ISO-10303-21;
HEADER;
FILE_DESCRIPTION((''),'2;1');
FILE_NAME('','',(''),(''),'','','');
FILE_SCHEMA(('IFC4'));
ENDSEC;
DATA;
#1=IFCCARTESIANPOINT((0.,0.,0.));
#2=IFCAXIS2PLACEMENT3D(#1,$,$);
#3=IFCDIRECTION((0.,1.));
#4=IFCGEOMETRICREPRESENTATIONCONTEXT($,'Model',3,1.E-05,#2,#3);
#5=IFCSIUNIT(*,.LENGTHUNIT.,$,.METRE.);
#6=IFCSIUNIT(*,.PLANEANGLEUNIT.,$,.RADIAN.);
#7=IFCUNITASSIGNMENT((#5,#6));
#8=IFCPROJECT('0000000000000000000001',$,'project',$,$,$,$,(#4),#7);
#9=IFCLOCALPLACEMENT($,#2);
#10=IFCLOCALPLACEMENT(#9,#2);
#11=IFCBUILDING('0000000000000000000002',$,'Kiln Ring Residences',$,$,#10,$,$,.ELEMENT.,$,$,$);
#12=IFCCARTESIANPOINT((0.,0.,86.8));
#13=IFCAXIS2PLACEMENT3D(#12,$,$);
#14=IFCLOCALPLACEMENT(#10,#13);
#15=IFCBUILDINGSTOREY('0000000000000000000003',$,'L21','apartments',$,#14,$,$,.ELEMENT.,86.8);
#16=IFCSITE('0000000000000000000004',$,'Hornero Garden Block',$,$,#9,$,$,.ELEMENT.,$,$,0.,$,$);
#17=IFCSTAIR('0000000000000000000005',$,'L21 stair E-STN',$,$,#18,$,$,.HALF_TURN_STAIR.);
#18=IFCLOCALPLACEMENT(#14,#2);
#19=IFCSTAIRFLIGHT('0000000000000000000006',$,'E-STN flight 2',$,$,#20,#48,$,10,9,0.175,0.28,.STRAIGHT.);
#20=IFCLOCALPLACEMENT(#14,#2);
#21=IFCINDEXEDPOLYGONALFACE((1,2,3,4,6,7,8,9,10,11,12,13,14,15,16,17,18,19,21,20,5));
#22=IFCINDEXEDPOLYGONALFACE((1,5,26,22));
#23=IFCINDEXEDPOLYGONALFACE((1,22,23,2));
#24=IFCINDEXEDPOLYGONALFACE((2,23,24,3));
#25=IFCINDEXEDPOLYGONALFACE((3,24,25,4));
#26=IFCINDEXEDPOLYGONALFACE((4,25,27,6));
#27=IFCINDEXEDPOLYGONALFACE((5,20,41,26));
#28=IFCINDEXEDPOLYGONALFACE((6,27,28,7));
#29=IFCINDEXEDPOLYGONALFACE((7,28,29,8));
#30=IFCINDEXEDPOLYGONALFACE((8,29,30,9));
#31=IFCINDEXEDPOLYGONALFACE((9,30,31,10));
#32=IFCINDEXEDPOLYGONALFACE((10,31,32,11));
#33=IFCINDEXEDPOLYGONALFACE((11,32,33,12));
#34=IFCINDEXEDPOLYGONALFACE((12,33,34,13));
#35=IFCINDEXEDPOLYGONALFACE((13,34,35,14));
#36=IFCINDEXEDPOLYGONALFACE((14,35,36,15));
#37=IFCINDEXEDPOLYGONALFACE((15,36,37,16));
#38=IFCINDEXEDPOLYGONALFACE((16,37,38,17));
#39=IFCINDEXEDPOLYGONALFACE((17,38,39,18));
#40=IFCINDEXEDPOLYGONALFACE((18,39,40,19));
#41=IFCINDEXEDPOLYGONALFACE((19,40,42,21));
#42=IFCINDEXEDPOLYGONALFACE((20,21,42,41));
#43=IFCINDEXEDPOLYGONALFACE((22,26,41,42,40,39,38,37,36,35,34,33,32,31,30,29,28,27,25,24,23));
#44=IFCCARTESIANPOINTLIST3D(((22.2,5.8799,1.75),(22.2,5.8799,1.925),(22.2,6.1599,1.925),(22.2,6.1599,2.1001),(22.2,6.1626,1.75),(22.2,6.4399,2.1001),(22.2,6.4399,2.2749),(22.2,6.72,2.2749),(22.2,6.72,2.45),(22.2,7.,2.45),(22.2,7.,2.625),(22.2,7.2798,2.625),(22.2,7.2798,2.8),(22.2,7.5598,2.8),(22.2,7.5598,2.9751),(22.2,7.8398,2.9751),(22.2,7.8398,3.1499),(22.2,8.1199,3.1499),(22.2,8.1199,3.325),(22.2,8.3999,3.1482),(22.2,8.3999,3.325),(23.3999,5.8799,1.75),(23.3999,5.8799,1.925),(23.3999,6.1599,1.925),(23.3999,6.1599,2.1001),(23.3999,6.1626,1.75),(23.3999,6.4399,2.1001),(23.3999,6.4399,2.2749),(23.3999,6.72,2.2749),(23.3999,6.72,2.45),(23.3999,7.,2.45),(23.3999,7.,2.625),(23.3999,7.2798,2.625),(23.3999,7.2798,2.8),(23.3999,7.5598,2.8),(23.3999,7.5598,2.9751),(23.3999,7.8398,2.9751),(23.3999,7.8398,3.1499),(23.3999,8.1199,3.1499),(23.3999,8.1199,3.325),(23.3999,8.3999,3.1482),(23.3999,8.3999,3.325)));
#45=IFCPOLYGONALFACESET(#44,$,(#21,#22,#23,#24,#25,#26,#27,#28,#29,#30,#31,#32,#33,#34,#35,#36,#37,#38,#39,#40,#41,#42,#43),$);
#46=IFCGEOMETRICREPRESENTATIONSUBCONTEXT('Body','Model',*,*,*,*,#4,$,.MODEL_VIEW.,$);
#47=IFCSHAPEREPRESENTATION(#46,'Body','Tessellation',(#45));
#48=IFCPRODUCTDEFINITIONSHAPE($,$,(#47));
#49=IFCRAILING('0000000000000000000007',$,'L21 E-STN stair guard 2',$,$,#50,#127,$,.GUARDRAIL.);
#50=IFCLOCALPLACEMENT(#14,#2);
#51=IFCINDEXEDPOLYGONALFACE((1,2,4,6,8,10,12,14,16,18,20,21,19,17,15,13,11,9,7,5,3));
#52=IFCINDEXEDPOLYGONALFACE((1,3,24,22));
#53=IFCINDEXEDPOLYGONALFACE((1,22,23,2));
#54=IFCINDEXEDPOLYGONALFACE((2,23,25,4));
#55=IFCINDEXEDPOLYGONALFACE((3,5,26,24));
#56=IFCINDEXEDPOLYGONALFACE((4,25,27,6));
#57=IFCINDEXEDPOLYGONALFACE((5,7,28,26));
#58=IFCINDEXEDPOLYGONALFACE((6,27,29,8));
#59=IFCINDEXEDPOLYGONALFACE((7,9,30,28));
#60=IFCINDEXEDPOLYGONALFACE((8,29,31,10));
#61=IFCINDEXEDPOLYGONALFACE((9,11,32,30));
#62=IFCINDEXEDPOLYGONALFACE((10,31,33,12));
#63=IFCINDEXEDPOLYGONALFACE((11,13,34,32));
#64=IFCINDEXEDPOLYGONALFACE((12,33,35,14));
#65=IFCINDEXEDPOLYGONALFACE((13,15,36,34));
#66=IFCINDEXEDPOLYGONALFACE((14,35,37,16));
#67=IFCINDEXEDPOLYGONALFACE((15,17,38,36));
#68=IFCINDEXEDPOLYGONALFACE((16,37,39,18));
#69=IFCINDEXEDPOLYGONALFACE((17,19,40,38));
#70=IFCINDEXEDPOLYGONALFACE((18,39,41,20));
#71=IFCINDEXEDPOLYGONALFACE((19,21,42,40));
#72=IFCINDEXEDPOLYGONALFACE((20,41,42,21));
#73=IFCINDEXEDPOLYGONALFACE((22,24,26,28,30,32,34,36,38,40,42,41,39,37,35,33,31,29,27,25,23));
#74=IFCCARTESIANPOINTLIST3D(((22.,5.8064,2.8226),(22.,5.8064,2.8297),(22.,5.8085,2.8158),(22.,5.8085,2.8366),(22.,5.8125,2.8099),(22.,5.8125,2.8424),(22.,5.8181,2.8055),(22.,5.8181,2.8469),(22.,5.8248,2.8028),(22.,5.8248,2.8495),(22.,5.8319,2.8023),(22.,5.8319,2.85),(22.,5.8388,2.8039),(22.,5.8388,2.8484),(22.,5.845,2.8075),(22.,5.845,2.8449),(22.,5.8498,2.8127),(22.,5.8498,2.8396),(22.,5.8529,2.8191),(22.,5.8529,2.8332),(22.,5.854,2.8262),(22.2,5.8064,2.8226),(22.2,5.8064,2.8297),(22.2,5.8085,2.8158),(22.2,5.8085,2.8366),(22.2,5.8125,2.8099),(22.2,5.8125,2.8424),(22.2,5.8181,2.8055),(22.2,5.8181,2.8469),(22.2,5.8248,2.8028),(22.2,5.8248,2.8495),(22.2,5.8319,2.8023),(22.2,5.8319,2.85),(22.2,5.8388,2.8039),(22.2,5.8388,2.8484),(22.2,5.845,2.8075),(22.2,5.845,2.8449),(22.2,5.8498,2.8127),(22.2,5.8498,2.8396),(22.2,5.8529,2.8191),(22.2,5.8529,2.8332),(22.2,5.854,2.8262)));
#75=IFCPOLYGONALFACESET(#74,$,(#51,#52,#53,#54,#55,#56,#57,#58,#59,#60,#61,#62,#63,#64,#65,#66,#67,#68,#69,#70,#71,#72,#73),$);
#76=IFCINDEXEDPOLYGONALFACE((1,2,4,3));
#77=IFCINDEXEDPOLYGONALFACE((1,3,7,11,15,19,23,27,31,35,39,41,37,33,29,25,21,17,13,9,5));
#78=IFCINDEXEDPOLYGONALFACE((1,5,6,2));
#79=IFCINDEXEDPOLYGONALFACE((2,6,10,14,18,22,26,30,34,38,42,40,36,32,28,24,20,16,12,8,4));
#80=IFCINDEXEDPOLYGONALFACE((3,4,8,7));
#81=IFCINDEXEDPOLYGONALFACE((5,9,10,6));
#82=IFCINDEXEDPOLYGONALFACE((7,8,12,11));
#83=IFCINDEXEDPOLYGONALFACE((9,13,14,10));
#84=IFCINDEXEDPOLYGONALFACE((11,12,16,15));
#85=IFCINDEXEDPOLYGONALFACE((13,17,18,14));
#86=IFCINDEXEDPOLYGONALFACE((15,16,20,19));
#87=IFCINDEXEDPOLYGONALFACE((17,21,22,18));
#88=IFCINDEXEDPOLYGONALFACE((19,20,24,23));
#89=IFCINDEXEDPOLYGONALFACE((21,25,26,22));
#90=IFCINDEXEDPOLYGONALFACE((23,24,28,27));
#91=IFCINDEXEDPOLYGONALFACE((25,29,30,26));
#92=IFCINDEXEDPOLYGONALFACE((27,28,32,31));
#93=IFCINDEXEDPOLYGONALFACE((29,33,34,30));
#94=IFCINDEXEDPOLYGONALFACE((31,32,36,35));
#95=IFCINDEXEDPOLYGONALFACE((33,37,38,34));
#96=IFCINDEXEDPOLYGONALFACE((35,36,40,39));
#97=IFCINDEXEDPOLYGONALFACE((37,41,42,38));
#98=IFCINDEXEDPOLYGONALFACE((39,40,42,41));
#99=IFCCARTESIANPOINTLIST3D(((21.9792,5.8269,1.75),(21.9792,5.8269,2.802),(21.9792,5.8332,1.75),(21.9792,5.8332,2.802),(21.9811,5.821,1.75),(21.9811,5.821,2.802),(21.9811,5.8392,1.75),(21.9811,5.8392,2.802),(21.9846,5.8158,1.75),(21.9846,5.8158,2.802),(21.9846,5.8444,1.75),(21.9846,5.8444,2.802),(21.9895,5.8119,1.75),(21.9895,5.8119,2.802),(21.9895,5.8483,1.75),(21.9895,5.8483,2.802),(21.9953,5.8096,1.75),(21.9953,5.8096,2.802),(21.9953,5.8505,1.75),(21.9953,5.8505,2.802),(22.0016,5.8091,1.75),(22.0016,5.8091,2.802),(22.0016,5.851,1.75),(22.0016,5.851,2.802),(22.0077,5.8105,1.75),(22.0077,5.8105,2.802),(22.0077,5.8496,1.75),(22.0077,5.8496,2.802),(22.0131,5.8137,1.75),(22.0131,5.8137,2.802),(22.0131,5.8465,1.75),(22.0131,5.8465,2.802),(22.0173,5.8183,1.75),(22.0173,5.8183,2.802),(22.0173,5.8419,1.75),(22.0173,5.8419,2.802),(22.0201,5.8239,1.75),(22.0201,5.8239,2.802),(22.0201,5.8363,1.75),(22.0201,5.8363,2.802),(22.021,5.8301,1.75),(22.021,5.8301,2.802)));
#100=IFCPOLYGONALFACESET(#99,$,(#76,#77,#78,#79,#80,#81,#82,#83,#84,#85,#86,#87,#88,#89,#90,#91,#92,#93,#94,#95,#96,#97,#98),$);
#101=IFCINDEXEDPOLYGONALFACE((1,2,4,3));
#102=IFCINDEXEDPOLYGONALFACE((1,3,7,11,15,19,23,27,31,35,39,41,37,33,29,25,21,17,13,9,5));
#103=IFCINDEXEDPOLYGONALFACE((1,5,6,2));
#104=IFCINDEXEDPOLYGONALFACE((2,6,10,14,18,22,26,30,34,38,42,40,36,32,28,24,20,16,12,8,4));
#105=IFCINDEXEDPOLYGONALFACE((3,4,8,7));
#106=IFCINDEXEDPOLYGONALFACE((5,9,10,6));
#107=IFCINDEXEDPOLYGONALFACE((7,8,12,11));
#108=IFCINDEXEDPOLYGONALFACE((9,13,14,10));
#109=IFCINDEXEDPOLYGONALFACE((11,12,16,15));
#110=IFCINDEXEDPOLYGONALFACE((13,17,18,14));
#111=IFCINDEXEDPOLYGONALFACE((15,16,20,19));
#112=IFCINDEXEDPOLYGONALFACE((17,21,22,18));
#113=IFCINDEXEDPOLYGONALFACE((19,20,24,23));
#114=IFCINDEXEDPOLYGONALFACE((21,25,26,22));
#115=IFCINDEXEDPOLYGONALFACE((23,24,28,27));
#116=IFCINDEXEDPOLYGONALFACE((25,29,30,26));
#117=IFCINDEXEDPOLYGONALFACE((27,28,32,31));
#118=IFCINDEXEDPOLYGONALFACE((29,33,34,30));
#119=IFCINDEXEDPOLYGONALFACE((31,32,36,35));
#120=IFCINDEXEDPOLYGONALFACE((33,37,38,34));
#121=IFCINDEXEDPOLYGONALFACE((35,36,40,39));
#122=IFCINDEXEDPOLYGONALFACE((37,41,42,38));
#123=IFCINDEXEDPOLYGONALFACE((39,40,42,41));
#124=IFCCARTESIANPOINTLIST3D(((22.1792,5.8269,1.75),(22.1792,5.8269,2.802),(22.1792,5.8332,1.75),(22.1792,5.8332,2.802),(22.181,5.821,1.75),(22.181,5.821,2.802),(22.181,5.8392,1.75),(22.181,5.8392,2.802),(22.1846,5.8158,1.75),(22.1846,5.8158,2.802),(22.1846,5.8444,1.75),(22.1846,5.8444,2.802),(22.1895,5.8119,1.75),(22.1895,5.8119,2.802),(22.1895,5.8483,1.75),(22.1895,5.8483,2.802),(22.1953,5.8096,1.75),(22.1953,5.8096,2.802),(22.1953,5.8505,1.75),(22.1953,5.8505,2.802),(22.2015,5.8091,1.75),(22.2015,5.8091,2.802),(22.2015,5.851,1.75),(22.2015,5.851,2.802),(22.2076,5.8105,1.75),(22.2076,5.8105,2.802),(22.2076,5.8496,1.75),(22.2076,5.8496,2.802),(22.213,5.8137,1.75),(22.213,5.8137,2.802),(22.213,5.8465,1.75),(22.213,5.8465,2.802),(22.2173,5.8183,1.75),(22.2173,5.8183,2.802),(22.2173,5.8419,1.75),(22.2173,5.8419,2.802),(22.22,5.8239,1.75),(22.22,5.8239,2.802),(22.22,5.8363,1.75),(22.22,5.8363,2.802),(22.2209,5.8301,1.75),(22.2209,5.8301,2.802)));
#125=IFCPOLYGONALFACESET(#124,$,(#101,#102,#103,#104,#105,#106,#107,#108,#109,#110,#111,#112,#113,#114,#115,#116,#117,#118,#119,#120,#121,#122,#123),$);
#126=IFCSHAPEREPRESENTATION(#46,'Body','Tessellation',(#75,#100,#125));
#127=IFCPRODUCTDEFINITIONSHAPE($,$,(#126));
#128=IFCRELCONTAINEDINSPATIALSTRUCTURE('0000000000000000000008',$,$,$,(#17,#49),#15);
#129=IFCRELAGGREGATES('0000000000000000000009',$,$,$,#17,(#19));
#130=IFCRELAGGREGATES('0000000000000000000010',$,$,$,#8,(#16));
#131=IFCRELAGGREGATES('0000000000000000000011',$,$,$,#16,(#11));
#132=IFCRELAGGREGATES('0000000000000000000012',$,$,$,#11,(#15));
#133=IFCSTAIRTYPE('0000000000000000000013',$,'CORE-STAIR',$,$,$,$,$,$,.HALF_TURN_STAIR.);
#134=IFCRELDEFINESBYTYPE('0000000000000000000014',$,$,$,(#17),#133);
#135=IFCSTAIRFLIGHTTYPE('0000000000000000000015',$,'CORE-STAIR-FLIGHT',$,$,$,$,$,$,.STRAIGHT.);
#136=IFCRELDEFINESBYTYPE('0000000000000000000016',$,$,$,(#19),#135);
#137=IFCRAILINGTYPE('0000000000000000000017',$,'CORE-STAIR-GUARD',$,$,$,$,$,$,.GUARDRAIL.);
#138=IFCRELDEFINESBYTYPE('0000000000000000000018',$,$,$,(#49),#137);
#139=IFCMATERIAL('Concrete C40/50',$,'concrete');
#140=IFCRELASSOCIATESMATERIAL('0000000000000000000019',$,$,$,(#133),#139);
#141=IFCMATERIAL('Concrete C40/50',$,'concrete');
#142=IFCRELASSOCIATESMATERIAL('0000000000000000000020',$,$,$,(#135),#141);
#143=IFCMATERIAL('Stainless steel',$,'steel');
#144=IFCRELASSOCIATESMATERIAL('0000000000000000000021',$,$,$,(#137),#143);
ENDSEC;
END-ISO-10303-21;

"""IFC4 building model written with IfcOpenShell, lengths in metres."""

from ifc_helpers import new_model, si_unit, direction, frame, origin, origin_2d, place, context, subcontext, project, spatial, polyline, circle, outline, extrude, material, type_object, element, aggregate, save


model = new_model("IFC4")

# Units and contexts
model_context = context("Model", 3, precision=1e-05, world=origin(), true_north=direction((0.0, 1.0)))
body_context = subcontext(model_context, "Body", "Model", "MODEL_VIEW")
ifc_project = project(units=[si_unit("LENGTHUNIT", "METRE"), si_unit("PLANEANGLEUNIT", "RADIAN")], contexts=[model_context])

# Site, building, storey
site_placement = place(None, origin())
site = spatial("IfcSite", under=ifc_project, at=site_placement, Name="Hornero Garden Block", CompositionType="ELEMENT", RefElevation=0.0)
building_placement = place(site_placement, origin())
building = spatial("IfcBuilding", under=site, at=building_placement, Name="Kiln Ring Residences", CompositionType="ELEMENT")
storey_placement = place(building_placement, frame((0.0, 0.0, 86.8)))
storey = spatial("IfcBuildingStorey", under=building, at=storey_placement, Name="L21", Description="apartments", CompositionType="ELEMENT", Elevation=86.8)

# Stair, stair flight
ifc_material_1 = material(Name="Concrete C40/50", Category="concrete")
stair_type = type_object("IfcStairType", Name="CORE-STAIR", PredefinedType="HALF_TURN_STAIR", material=ifc_material_1)
stair_placement = place(storey_placement, origin())
stair = element("IfcStair", 1, at=stair_placement, inside=storey, type_object=stair_type, Name="L21 stair E-STN", PredefinedType="HALF_TURN_STAIR")
ifc_material_2 = material(Name="Concrete C40/50", Category="concrete")
stair_flight_type = type_object("IfcStairFlightType", Name="CORE-STAIR-FLIGHT", PredefinedType="STRAIGHT", material=ifc_material_2)
stair_flight_1_placement = place(storey_placement, frame((22.8, 5.8799, 1.75), z_axis=(0.0, 0.0, 1.0), x_axis=(0.0, 1.0, 0.0)))
stair_flight_1 = element("IfcStairFlight", 2, at=stair_flight_1_placement, type_object=stair_flight_type, Name="E-STN flight 2", NumberOfRisers=10, NumberOfTreads=9, PredefinedType="STRAIGHT", RiserHeight=0.175, TreadLength=0.28, context=body_context, shape_type="SweptSolid", body=[
    extrude(outline(polyline([(0.0, 0.0), (0.0, 0.175), (0.28, 0.175), (0.28, 0.3501), (0.5601, 0.3501), (0.5601, 0.5249), (0.8401, 0.5249), (0.8401, 0.7), (1.1201, 0.7), (1.1201, 0.875), (1.3999, 0.875), (1.3999, 1.05), (1.6799, 1.05), (1.6799, 1.2251), (1.96, 1.2251), (1.96, 1.3999), (2.24, 1.3999), (2.24, 1.575), (2.52, 1.575), (2.52, 1.75), (2.52, 1.3982), (0.2827, 0.0), (0.0, 0.0)])), frame((0.0, 0.6001, 0.0), z_axis=(0.0, -1.0, 0.0), x_axis=(1.0, 0.0, 0.0)), (0.0, 0.0, 1.0), 1.2),
])
aggregate(stair, [stair_flight_1])

# Railing
ifc_material_3 = material(Name="Stainless steel", Category="steel")
railing_type_1 = type_object("IfcRailingType", Name="CORE-STAIR-GUARD", PredefinedType="GUARDRAIL", material=ifc_material_3)
railing_1_placement = place(storey_placement, frame((22.0, 5.8301, 1.75)))
element("IfcRailing", 3, at=railing_1_placement, inside=storey, type_object=railing_type_1, Name="L21 E-STN stair guard 2", PredefinedType="GUARDRAIL", context=body_context, shape_type="SweptSolid", body=[
    extrude(circle(Radius=0.0239, at=origin_2d()), frame((0.0, 0.0, 1.0762), z_axis=(1.0, 0.0, 0.0), x_axis=(0.0, 1.0, 0.0)), (0.0, 0.0, 1.0), 0.2),
    extrude(circle(Radius=0.021, at=origin_2d()), origin(), (0.0, 0.0, 1.0), 1.052),
    extrude(circle(Radius=0.021, at=origin_2d()), frame((0.2, 0.0, 0.0)), (0.0, 0.0, 1.0), 1.052),
])

save(model, "model.ifc")
